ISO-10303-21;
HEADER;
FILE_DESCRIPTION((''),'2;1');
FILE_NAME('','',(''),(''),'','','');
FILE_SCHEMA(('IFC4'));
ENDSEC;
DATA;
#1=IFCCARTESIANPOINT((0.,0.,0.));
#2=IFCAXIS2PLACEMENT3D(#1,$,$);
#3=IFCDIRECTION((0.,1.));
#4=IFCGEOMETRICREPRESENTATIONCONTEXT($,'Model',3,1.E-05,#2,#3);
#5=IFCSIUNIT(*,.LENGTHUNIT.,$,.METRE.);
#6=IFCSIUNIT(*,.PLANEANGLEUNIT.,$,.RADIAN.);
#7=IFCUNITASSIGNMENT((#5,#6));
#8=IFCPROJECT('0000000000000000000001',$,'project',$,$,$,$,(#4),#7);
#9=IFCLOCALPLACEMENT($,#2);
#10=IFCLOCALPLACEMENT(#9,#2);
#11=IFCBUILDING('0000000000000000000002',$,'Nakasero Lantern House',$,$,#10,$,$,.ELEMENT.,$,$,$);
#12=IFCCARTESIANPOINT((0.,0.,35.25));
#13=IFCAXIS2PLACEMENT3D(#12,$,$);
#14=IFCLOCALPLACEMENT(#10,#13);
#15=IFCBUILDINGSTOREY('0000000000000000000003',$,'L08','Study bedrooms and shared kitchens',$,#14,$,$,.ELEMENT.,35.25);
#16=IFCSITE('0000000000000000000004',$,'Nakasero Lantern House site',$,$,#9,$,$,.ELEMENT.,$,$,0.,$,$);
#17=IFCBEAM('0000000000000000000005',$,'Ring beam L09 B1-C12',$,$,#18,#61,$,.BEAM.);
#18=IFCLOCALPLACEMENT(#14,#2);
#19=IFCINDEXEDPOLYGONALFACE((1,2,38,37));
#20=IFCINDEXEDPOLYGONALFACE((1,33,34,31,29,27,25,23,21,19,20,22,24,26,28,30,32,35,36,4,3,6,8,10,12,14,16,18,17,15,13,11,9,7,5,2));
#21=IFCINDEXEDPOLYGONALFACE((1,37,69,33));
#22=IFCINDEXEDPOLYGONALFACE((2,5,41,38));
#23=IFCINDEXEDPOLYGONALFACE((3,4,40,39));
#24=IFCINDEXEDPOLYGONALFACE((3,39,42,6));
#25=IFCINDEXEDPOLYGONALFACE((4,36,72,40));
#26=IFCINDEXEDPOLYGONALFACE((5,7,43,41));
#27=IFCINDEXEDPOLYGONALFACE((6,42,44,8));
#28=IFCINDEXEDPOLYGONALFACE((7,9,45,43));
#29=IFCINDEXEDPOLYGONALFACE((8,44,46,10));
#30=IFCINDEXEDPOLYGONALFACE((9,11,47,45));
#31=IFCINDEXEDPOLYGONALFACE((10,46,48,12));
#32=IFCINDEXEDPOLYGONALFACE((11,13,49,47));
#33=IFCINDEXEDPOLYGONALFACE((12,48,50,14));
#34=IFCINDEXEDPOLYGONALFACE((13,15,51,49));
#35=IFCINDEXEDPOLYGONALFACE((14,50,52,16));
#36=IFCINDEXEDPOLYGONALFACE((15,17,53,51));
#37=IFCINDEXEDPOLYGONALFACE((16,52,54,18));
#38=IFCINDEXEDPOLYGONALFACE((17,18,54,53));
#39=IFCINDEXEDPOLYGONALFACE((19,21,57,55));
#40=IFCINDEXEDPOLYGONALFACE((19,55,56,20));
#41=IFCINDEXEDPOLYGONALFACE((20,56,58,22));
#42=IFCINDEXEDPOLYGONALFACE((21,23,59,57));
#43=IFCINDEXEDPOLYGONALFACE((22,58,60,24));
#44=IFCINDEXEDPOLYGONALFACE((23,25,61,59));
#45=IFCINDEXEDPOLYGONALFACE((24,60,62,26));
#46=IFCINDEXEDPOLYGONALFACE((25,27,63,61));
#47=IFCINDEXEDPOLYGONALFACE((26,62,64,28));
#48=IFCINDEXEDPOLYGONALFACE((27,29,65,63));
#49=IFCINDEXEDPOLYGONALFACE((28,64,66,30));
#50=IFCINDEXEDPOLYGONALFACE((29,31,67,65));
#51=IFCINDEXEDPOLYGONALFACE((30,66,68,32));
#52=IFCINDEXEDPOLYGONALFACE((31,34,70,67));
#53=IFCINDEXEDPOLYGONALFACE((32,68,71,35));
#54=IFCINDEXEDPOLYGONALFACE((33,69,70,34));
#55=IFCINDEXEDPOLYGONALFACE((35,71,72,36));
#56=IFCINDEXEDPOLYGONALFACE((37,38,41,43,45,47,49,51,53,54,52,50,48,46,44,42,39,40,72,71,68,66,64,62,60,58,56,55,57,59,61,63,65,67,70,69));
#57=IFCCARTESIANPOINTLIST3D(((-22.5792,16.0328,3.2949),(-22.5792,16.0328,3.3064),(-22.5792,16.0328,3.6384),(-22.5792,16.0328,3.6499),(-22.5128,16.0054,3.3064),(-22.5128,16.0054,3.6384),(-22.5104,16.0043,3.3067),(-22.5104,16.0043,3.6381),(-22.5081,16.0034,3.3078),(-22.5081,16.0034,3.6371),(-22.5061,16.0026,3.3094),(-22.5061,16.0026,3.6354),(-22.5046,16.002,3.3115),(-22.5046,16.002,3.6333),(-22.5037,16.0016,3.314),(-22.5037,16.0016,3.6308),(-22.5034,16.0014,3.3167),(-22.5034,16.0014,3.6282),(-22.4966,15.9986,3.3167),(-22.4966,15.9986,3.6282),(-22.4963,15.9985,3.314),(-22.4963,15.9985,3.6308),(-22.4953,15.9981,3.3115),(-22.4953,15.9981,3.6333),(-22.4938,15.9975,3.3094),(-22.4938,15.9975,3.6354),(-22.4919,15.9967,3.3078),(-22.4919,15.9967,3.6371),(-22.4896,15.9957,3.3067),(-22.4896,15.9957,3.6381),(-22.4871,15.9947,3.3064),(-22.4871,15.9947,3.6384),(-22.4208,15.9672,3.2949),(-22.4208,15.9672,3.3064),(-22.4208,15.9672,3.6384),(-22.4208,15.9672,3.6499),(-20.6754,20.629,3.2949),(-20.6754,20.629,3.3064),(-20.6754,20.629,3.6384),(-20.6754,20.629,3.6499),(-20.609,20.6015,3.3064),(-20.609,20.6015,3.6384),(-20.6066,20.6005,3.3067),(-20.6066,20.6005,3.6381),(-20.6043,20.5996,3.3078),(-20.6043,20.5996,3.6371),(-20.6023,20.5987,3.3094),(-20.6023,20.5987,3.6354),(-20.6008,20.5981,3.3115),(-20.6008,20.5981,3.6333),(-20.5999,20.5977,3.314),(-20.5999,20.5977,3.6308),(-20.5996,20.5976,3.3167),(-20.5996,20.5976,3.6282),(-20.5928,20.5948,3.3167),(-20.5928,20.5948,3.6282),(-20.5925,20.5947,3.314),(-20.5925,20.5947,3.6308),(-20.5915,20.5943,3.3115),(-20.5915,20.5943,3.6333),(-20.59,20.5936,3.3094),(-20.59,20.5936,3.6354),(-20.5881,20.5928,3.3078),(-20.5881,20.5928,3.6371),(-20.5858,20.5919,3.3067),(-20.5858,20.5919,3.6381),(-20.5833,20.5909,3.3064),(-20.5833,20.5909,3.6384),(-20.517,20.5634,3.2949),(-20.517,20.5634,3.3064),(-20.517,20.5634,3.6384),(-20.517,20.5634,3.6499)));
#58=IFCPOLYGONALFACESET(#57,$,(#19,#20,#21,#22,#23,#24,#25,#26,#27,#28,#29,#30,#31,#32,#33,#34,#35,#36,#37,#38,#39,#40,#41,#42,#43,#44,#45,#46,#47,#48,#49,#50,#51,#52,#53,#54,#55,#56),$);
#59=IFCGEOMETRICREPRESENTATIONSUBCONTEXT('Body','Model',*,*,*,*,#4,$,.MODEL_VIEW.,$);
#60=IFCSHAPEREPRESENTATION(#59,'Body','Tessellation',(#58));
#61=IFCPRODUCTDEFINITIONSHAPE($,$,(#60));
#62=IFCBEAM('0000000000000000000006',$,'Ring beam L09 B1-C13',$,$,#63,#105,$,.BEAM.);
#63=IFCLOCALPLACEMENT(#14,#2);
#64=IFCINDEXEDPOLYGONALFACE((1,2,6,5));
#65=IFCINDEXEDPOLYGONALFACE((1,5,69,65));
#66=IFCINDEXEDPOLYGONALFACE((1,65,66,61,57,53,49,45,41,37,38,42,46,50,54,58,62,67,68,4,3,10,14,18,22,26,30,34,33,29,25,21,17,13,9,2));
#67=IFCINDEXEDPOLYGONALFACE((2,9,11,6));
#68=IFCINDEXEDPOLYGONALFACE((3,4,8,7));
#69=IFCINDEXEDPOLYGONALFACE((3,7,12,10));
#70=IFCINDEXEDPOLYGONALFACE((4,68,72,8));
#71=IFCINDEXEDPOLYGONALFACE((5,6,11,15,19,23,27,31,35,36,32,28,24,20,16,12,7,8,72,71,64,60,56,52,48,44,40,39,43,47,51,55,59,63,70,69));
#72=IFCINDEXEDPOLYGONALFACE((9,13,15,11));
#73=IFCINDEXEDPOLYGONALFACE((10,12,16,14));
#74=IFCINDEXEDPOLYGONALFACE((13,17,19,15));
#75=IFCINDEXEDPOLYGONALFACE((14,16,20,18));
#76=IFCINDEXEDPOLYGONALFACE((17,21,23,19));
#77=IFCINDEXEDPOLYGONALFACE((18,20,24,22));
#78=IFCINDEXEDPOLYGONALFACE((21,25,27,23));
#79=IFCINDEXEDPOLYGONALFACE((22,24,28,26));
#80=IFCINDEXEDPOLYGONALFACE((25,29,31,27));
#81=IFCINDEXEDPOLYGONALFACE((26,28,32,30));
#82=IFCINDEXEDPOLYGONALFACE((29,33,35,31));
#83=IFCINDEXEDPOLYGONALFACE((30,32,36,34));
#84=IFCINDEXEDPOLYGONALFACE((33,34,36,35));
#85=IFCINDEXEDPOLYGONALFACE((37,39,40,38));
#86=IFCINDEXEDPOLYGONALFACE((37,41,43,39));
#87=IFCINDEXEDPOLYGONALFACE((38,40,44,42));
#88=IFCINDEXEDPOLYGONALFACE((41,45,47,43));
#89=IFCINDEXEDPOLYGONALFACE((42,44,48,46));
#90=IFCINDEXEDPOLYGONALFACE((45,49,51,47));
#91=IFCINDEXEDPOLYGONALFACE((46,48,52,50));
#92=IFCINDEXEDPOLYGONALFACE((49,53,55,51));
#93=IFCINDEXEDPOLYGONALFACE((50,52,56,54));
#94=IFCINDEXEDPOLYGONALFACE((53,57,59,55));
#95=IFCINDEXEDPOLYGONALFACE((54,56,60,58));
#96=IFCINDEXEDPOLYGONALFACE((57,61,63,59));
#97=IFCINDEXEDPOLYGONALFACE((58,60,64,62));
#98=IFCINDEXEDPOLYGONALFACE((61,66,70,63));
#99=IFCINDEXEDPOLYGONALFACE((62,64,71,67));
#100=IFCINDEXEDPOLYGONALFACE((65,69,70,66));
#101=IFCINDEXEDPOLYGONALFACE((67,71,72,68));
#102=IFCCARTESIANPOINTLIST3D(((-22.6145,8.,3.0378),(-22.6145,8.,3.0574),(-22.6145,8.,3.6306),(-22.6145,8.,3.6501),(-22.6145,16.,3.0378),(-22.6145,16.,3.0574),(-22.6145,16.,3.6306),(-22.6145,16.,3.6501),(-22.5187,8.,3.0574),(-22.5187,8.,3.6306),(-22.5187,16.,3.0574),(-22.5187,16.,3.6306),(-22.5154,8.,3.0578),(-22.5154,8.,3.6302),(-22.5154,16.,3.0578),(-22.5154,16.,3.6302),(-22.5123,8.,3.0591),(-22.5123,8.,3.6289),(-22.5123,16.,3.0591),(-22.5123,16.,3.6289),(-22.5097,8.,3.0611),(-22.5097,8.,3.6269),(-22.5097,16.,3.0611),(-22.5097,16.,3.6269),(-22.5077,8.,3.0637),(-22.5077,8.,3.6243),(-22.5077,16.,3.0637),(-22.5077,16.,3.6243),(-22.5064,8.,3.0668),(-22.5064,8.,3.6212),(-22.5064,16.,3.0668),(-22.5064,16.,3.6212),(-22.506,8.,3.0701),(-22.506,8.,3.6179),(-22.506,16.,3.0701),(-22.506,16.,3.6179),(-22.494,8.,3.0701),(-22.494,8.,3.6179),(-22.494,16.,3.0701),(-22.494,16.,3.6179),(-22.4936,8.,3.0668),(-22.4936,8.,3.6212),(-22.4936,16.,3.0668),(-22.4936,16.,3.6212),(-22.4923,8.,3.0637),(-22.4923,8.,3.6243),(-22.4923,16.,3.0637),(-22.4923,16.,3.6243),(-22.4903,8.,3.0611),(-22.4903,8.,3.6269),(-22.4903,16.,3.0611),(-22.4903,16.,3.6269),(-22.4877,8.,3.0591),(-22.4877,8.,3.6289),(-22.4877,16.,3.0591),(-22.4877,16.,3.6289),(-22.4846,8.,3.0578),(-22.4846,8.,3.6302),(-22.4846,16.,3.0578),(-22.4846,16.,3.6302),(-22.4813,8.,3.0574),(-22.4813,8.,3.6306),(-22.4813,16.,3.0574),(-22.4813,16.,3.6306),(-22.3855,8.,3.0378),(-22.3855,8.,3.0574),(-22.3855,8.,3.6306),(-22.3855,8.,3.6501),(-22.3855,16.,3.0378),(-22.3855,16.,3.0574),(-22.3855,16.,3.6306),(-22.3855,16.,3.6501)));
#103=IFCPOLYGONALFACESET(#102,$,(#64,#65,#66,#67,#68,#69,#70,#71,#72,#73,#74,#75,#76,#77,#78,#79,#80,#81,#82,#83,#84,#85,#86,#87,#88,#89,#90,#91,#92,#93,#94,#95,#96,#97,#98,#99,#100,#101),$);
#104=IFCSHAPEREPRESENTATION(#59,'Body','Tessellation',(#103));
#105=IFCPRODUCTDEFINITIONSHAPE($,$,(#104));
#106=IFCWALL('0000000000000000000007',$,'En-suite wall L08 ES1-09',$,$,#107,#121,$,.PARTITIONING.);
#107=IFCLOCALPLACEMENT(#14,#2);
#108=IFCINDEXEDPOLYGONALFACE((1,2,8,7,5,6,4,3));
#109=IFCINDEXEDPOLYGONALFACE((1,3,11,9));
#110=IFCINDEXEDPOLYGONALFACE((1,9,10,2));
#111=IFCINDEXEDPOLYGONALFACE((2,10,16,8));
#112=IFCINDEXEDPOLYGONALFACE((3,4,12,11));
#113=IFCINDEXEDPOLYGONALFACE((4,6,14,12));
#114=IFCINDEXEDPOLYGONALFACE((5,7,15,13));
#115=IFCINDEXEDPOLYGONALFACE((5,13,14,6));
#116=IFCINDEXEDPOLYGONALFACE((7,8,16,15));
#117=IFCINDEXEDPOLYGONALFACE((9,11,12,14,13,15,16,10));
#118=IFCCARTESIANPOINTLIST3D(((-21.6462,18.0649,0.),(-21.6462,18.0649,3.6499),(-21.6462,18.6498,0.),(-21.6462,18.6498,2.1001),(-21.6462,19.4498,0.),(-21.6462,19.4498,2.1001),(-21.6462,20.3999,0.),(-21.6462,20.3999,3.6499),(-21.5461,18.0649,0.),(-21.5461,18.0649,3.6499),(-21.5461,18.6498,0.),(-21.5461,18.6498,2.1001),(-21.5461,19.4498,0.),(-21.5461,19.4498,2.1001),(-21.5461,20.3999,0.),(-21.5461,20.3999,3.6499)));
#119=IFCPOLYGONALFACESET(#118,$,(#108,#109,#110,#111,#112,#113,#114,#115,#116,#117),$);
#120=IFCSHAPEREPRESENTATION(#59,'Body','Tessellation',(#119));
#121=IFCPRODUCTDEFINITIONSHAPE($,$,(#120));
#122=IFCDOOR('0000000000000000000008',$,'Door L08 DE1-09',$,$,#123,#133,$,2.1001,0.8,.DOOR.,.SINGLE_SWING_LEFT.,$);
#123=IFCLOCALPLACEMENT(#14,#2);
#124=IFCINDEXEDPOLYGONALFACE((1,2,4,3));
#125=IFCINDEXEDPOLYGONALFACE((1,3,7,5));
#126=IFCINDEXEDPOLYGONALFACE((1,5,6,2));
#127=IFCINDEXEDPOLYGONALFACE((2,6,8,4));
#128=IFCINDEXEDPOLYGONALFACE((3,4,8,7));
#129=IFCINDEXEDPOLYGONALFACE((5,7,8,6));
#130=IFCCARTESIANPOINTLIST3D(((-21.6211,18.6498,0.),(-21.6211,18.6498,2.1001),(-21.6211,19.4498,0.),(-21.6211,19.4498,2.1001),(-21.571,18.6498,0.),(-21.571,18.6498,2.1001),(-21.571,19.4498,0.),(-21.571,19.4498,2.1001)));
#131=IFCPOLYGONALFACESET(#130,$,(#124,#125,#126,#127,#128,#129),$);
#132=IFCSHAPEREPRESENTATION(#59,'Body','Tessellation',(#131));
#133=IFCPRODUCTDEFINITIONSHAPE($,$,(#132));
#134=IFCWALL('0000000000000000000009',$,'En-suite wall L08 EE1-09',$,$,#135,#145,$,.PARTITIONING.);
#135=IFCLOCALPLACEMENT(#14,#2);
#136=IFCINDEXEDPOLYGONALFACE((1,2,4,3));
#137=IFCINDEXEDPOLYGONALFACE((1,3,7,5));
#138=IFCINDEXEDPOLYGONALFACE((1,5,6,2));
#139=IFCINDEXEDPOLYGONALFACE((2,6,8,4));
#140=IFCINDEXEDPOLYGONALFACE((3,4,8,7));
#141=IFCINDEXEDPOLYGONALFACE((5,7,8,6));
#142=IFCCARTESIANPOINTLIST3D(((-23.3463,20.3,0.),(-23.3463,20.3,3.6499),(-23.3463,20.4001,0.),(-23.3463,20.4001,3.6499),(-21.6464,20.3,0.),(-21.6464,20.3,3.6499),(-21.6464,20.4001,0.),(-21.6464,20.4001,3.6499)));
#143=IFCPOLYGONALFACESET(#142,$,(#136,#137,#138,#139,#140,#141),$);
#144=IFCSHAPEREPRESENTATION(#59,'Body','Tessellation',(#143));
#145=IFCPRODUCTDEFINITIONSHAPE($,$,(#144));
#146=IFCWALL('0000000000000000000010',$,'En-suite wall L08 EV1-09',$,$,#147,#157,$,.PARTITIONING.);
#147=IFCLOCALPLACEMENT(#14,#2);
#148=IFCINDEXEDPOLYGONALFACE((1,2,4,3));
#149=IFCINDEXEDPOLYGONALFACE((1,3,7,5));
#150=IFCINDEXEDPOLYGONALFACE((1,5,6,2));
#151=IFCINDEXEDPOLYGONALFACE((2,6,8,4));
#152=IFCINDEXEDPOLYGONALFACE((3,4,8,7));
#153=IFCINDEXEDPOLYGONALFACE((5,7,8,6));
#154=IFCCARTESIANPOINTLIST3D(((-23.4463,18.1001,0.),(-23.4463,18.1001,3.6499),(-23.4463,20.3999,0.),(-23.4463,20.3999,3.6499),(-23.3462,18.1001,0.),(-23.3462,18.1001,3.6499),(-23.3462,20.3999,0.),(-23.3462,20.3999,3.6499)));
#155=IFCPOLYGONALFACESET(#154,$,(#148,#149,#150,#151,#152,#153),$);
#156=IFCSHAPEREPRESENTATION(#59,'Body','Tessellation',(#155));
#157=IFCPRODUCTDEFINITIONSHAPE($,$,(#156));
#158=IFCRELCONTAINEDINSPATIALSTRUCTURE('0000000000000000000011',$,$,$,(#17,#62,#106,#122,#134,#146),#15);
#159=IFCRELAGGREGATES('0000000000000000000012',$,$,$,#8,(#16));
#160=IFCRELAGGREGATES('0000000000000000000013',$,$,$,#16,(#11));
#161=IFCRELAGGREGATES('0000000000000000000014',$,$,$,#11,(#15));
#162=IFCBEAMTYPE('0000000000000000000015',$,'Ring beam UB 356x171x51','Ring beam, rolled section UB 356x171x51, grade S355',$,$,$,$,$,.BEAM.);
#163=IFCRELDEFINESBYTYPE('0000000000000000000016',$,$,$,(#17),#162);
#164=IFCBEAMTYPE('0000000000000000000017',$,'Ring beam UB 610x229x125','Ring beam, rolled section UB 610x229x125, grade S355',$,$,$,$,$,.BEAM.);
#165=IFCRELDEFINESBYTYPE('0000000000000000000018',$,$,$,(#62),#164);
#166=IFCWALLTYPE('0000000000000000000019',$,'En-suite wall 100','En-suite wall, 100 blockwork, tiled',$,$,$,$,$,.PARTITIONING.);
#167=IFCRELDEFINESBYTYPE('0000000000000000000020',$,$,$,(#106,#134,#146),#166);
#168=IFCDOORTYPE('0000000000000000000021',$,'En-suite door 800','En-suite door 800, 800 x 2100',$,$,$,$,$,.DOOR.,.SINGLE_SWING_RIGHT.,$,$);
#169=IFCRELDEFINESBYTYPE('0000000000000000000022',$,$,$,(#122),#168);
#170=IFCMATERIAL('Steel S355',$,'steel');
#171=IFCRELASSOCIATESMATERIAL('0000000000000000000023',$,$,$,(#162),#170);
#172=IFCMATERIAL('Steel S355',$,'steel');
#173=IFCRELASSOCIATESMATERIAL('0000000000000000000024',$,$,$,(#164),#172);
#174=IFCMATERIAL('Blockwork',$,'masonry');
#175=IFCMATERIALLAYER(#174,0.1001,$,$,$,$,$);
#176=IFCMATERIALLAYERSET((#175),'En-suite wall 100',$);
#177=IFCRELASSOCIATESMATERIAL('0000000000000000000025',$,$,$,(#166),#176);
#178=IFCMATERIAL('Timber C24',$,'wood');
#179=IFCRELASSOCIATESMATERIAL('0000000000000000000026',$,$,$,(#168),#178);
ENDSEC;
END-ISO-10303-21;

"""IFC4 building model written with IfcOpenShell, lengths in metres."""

from ifc_helpers import new_model, si_unit, direction, frame, frame_2d, origin, origin_2d, place, context, subcontext, project, spatial, rectangle, i_section, extrude, material, layer, layer_set, material_profile, profile_set, type_object, element, fill, save


model = new_model("IFC4")

# Units and contexts
model_context = context("Model", 3, precision=1e-05, world=origin(), true_north=direction((0.0, 1.0)))
body_context = subcontext(model_context, "Body", "Model", "MODEL_VIEW")
ifc_project = project(units=[si_unit("LENGTHUNIT", "METRE"), si_unit("PLANEANGLEUNIT", "RADIAN")], contexts=[model_context])

# Site, building, storey
site_placement = place(None, origin())
site = spatial("IfcSite", under=ifc_project, at=site_placement, Name="Nakasero Lantern House site", CompositionType="ELEMENT", RefElevation=0.0)
building_placement = place(site_placement, origin())
building = spatial("IfcBuilding", under=site, at=building_placement, Name="Nakasero Lantern House", CompositionType="ELEMENT")
storey_placement = place(building_placement, frame((0.0, 0.0, 35.25)))
storey = spatial("IfcBuildingStorey", under=building, at=storey_placement, Name="L08", Description="Study bedrooms and shared kitchens", CompositionType="ELEMENT", Elevation=35.25)

# Beams
ifc_material_1 = material(Name="Steel S355", Category="steel")
ifc_material_profile_1 = material_profile(ifc_material_1, i_section(OverallWidth=0.1714, OverallDepth=0.355, WebThickness=0.0073, FlangeThickness=0.0115, FilletRadius=0.0103, at=origin_2d()), Name="UB 356x171x51")
ifc_profile_set_1 = profile_set([ifc_material_profile_1], Name="Steel S355")
beam_type_1 = type_object("IfcBeamType", Name="Ring beam UB 356x171x51", Description="Ring beam, rolled section UB 356x171x51, grade S355", PredefinedType="BEAM", material=ifc_profile_set_1)
beam_1_placement = place(storey_placement, frame((-20.5962, 20.5962, 3.4724), z_axis=(-0.382684, -0.923879, 0.0), x_axis=(0.923879, -0.382684, 0.0)))
element("IfcBeam", 1, at=beam_1_placement, inside=storey, type_object=beam_type_1, Name="Ring beam L09 B1-C12", PredefinedType="BEAM", context=body_context, shape_type="SweptSolid", body=[
    extrude(i_section(OverallWidth=0.1714, OverallDepth=0.355, WebThickness=0.0073, FlangeThickness=0.0115, FilletRadius=0.0103, at=origin_2d()), origin(), (0.0, 0.0, 1.0), 4.9749),
])
ifc_material_2 = material(Name="Steel S355", Category="steel")
ifc_material_profile_2 = material_profile(ifc_material_2, i_section(OverallWidth=0.229, OverallDepth=0.6123, WebThickness=0.012, FlangeThickness=0.0195, FilletRadius=0.0127, at=origin_2d()), Name="UB 610x229x125")
ifc_profile_set_2 = profile_set([ifc_material_profile_2], Name="Steel S355")
beam_type_2 = type_object("IfcBeamType", Name="Ring beam UB 610x229x125", Description="Ring beam, rolled section UB 610x229x125, grade S355", PredefinedType="BEAM", material=ifc_profile_set_2)
beam_2_placement = place(storey_placement, frame((-22.5, 16.0, 3.344), z_axis=(0.0, -1.0, 0.0), x_axis=(1.0, 0.0, 0.0)))
element("IfcBeam", 2, at=beam_2_placement, inside=storey, type_object=beam_type_2, Name="Ring beam L09 B1-C13", PredefinedType="BEAM", context=body_context, shape_type="SweptSolid", body=[
    extrude(i_section(OverallWidth=0.229, OverallDepth=0.6123, WebThickness=0.012, FlangeThickness=0.0195, FilletRadius=0.0127, at=origin_2d()), origin(), (0.0, 0.0, 1.0), 8.0),
])

# Wall, opening, door
ifc_material_3 = material(Name="Blockwork", Category="masonry")
ifc_layer_1 = layer(ifc_material_3, 0.1001)
ifc_layer_set_1 = layer_set([ifc_layer_1], Name="En-suite wall 100")
wall_type_1 = type_object("IfcWallType", Name="En-suite wall 100", Description="En-suite wall, 100 blockwork, tiled", PredefinedType="PARTITIONING", material=ifc_layer_set_1)
wall_1_placement = place(storey_placement, frame((-21.5962, 18.0649, 0.0), z_axis=(0.0, 0.0, 1.0), x_axis=(0.0, 1.0, 0.0)))
wall_1 = element("IfcWall", 3, at=wall_1_placement, inside=storey, type_object=wall_type_1, Name="En-suite wall L08 ES1-09", PredefinedType="PARTITIONING", context=body_context, shape_type="SweptSolid", body=[
    extrude(rectangle(XDim=2.335, YDim=0.1001, at=frame_2d((1.1675, 0.0))), origin(), (0.0, 0.0, 1.0), 3.6499),
])
opening_1_placement = place(wall_1_placement, frame((0.585, 0.0, 0.0)))
opening_1 = element("IfcOpeningElement", 4, at=opening_1_placement, cuts=wall_1, PredefinedType="OPENING", context=body_context, shape_type="SweptSolid", body=[
    extrude(rectangle(XDim=0.8, YDim=2.1001, at=frame_2d((0.3999, 1.05))), frame((0.0, 0.0701, 0.0), z_axis=(0.0, -1.0, 0.0), x_axis=(1.0, 0.0, 0.0)), (0.0, 0.0, 1.0), 0.1401),
])
ifc_material_4 = material(Name="Timber C24", Category="wood")
door_type_1 = type_object("IfcDoorType", Name="En-suite door 800", Description="En-suite door 800, 800 x 2100", OperationType="SINGLE_SWING_RIGHT", PredefinedType="DOOR", material=ifc_material_4)
door_1_placement = place(opening_1_placement, origin())
door_1 = element("IfcDoor", 5, at=door_1_placement, inside=storey, type_object=door_type_1, Name="Door L08 DE1-09", OperationType="SINGLE_SWING_LEFT", OverallHeight=2.1001, OverallWidth=0.8, PredefinedType="DOOR", context=body_context, shape_type="SweptSolid", body=[
    extrude(rectangle(XDim=0.8, YDim=2.1001, at=frame_2d((0.3999, 1.05))), frame((0.0, 0.0249, 0.0), z_axis=(0.0, -1.0, 0.0), x_axis=(1.0, 0.0, 0.0)), (0.0, 0.0, 1.0), 0.05),
])
fill(opening_1, door_1)

# Walls
wall_2_placement = place(storey_placement, frame((-21.6462, 20.3501, 0.0), z_axis=(0.0, 0.0, 1.0), x_axis=(-1.0, 0.0, 0.0)))
element("IfcWall", 6, at=wall_2_placement, inside=storey, type_object=wall_type_1, Name="En-suite wall L08 EE1-09", PredefinedType="PARTITIONING", context=body_context, shape_type="SweptSolid", body=[
    extrude(rectangle(XDim=1.7, YDim=0.1001, at=frame_2d((0.8501, 0.0))), origin(), (0.0, 0.0, 1.0), 3.6499),
])
wall_3_placement = place(storey_placement, frame((-23.3962, 18.1001, 0.0), z_axis=(0.0, 0.0, 1.0), x_axis=(0.0, 1.0, 0.0)))
element("IfcWall", 7, at=wall_3_placement, inside=storey, type_object=wall_type_1, Name="En-suite wall L08 EV1-09", PredefinedType="PARTITIONING", context=body_context, shape_type="SweptSolid", body=[
    extrude(rectangle(XDim=2.2998, YDim=0.1001, at=frame_2d((1.1499, 0.0))), origin(), (0.0, 0.0, 1.0), 3.6499),
])

save(model, "model.ifc")
